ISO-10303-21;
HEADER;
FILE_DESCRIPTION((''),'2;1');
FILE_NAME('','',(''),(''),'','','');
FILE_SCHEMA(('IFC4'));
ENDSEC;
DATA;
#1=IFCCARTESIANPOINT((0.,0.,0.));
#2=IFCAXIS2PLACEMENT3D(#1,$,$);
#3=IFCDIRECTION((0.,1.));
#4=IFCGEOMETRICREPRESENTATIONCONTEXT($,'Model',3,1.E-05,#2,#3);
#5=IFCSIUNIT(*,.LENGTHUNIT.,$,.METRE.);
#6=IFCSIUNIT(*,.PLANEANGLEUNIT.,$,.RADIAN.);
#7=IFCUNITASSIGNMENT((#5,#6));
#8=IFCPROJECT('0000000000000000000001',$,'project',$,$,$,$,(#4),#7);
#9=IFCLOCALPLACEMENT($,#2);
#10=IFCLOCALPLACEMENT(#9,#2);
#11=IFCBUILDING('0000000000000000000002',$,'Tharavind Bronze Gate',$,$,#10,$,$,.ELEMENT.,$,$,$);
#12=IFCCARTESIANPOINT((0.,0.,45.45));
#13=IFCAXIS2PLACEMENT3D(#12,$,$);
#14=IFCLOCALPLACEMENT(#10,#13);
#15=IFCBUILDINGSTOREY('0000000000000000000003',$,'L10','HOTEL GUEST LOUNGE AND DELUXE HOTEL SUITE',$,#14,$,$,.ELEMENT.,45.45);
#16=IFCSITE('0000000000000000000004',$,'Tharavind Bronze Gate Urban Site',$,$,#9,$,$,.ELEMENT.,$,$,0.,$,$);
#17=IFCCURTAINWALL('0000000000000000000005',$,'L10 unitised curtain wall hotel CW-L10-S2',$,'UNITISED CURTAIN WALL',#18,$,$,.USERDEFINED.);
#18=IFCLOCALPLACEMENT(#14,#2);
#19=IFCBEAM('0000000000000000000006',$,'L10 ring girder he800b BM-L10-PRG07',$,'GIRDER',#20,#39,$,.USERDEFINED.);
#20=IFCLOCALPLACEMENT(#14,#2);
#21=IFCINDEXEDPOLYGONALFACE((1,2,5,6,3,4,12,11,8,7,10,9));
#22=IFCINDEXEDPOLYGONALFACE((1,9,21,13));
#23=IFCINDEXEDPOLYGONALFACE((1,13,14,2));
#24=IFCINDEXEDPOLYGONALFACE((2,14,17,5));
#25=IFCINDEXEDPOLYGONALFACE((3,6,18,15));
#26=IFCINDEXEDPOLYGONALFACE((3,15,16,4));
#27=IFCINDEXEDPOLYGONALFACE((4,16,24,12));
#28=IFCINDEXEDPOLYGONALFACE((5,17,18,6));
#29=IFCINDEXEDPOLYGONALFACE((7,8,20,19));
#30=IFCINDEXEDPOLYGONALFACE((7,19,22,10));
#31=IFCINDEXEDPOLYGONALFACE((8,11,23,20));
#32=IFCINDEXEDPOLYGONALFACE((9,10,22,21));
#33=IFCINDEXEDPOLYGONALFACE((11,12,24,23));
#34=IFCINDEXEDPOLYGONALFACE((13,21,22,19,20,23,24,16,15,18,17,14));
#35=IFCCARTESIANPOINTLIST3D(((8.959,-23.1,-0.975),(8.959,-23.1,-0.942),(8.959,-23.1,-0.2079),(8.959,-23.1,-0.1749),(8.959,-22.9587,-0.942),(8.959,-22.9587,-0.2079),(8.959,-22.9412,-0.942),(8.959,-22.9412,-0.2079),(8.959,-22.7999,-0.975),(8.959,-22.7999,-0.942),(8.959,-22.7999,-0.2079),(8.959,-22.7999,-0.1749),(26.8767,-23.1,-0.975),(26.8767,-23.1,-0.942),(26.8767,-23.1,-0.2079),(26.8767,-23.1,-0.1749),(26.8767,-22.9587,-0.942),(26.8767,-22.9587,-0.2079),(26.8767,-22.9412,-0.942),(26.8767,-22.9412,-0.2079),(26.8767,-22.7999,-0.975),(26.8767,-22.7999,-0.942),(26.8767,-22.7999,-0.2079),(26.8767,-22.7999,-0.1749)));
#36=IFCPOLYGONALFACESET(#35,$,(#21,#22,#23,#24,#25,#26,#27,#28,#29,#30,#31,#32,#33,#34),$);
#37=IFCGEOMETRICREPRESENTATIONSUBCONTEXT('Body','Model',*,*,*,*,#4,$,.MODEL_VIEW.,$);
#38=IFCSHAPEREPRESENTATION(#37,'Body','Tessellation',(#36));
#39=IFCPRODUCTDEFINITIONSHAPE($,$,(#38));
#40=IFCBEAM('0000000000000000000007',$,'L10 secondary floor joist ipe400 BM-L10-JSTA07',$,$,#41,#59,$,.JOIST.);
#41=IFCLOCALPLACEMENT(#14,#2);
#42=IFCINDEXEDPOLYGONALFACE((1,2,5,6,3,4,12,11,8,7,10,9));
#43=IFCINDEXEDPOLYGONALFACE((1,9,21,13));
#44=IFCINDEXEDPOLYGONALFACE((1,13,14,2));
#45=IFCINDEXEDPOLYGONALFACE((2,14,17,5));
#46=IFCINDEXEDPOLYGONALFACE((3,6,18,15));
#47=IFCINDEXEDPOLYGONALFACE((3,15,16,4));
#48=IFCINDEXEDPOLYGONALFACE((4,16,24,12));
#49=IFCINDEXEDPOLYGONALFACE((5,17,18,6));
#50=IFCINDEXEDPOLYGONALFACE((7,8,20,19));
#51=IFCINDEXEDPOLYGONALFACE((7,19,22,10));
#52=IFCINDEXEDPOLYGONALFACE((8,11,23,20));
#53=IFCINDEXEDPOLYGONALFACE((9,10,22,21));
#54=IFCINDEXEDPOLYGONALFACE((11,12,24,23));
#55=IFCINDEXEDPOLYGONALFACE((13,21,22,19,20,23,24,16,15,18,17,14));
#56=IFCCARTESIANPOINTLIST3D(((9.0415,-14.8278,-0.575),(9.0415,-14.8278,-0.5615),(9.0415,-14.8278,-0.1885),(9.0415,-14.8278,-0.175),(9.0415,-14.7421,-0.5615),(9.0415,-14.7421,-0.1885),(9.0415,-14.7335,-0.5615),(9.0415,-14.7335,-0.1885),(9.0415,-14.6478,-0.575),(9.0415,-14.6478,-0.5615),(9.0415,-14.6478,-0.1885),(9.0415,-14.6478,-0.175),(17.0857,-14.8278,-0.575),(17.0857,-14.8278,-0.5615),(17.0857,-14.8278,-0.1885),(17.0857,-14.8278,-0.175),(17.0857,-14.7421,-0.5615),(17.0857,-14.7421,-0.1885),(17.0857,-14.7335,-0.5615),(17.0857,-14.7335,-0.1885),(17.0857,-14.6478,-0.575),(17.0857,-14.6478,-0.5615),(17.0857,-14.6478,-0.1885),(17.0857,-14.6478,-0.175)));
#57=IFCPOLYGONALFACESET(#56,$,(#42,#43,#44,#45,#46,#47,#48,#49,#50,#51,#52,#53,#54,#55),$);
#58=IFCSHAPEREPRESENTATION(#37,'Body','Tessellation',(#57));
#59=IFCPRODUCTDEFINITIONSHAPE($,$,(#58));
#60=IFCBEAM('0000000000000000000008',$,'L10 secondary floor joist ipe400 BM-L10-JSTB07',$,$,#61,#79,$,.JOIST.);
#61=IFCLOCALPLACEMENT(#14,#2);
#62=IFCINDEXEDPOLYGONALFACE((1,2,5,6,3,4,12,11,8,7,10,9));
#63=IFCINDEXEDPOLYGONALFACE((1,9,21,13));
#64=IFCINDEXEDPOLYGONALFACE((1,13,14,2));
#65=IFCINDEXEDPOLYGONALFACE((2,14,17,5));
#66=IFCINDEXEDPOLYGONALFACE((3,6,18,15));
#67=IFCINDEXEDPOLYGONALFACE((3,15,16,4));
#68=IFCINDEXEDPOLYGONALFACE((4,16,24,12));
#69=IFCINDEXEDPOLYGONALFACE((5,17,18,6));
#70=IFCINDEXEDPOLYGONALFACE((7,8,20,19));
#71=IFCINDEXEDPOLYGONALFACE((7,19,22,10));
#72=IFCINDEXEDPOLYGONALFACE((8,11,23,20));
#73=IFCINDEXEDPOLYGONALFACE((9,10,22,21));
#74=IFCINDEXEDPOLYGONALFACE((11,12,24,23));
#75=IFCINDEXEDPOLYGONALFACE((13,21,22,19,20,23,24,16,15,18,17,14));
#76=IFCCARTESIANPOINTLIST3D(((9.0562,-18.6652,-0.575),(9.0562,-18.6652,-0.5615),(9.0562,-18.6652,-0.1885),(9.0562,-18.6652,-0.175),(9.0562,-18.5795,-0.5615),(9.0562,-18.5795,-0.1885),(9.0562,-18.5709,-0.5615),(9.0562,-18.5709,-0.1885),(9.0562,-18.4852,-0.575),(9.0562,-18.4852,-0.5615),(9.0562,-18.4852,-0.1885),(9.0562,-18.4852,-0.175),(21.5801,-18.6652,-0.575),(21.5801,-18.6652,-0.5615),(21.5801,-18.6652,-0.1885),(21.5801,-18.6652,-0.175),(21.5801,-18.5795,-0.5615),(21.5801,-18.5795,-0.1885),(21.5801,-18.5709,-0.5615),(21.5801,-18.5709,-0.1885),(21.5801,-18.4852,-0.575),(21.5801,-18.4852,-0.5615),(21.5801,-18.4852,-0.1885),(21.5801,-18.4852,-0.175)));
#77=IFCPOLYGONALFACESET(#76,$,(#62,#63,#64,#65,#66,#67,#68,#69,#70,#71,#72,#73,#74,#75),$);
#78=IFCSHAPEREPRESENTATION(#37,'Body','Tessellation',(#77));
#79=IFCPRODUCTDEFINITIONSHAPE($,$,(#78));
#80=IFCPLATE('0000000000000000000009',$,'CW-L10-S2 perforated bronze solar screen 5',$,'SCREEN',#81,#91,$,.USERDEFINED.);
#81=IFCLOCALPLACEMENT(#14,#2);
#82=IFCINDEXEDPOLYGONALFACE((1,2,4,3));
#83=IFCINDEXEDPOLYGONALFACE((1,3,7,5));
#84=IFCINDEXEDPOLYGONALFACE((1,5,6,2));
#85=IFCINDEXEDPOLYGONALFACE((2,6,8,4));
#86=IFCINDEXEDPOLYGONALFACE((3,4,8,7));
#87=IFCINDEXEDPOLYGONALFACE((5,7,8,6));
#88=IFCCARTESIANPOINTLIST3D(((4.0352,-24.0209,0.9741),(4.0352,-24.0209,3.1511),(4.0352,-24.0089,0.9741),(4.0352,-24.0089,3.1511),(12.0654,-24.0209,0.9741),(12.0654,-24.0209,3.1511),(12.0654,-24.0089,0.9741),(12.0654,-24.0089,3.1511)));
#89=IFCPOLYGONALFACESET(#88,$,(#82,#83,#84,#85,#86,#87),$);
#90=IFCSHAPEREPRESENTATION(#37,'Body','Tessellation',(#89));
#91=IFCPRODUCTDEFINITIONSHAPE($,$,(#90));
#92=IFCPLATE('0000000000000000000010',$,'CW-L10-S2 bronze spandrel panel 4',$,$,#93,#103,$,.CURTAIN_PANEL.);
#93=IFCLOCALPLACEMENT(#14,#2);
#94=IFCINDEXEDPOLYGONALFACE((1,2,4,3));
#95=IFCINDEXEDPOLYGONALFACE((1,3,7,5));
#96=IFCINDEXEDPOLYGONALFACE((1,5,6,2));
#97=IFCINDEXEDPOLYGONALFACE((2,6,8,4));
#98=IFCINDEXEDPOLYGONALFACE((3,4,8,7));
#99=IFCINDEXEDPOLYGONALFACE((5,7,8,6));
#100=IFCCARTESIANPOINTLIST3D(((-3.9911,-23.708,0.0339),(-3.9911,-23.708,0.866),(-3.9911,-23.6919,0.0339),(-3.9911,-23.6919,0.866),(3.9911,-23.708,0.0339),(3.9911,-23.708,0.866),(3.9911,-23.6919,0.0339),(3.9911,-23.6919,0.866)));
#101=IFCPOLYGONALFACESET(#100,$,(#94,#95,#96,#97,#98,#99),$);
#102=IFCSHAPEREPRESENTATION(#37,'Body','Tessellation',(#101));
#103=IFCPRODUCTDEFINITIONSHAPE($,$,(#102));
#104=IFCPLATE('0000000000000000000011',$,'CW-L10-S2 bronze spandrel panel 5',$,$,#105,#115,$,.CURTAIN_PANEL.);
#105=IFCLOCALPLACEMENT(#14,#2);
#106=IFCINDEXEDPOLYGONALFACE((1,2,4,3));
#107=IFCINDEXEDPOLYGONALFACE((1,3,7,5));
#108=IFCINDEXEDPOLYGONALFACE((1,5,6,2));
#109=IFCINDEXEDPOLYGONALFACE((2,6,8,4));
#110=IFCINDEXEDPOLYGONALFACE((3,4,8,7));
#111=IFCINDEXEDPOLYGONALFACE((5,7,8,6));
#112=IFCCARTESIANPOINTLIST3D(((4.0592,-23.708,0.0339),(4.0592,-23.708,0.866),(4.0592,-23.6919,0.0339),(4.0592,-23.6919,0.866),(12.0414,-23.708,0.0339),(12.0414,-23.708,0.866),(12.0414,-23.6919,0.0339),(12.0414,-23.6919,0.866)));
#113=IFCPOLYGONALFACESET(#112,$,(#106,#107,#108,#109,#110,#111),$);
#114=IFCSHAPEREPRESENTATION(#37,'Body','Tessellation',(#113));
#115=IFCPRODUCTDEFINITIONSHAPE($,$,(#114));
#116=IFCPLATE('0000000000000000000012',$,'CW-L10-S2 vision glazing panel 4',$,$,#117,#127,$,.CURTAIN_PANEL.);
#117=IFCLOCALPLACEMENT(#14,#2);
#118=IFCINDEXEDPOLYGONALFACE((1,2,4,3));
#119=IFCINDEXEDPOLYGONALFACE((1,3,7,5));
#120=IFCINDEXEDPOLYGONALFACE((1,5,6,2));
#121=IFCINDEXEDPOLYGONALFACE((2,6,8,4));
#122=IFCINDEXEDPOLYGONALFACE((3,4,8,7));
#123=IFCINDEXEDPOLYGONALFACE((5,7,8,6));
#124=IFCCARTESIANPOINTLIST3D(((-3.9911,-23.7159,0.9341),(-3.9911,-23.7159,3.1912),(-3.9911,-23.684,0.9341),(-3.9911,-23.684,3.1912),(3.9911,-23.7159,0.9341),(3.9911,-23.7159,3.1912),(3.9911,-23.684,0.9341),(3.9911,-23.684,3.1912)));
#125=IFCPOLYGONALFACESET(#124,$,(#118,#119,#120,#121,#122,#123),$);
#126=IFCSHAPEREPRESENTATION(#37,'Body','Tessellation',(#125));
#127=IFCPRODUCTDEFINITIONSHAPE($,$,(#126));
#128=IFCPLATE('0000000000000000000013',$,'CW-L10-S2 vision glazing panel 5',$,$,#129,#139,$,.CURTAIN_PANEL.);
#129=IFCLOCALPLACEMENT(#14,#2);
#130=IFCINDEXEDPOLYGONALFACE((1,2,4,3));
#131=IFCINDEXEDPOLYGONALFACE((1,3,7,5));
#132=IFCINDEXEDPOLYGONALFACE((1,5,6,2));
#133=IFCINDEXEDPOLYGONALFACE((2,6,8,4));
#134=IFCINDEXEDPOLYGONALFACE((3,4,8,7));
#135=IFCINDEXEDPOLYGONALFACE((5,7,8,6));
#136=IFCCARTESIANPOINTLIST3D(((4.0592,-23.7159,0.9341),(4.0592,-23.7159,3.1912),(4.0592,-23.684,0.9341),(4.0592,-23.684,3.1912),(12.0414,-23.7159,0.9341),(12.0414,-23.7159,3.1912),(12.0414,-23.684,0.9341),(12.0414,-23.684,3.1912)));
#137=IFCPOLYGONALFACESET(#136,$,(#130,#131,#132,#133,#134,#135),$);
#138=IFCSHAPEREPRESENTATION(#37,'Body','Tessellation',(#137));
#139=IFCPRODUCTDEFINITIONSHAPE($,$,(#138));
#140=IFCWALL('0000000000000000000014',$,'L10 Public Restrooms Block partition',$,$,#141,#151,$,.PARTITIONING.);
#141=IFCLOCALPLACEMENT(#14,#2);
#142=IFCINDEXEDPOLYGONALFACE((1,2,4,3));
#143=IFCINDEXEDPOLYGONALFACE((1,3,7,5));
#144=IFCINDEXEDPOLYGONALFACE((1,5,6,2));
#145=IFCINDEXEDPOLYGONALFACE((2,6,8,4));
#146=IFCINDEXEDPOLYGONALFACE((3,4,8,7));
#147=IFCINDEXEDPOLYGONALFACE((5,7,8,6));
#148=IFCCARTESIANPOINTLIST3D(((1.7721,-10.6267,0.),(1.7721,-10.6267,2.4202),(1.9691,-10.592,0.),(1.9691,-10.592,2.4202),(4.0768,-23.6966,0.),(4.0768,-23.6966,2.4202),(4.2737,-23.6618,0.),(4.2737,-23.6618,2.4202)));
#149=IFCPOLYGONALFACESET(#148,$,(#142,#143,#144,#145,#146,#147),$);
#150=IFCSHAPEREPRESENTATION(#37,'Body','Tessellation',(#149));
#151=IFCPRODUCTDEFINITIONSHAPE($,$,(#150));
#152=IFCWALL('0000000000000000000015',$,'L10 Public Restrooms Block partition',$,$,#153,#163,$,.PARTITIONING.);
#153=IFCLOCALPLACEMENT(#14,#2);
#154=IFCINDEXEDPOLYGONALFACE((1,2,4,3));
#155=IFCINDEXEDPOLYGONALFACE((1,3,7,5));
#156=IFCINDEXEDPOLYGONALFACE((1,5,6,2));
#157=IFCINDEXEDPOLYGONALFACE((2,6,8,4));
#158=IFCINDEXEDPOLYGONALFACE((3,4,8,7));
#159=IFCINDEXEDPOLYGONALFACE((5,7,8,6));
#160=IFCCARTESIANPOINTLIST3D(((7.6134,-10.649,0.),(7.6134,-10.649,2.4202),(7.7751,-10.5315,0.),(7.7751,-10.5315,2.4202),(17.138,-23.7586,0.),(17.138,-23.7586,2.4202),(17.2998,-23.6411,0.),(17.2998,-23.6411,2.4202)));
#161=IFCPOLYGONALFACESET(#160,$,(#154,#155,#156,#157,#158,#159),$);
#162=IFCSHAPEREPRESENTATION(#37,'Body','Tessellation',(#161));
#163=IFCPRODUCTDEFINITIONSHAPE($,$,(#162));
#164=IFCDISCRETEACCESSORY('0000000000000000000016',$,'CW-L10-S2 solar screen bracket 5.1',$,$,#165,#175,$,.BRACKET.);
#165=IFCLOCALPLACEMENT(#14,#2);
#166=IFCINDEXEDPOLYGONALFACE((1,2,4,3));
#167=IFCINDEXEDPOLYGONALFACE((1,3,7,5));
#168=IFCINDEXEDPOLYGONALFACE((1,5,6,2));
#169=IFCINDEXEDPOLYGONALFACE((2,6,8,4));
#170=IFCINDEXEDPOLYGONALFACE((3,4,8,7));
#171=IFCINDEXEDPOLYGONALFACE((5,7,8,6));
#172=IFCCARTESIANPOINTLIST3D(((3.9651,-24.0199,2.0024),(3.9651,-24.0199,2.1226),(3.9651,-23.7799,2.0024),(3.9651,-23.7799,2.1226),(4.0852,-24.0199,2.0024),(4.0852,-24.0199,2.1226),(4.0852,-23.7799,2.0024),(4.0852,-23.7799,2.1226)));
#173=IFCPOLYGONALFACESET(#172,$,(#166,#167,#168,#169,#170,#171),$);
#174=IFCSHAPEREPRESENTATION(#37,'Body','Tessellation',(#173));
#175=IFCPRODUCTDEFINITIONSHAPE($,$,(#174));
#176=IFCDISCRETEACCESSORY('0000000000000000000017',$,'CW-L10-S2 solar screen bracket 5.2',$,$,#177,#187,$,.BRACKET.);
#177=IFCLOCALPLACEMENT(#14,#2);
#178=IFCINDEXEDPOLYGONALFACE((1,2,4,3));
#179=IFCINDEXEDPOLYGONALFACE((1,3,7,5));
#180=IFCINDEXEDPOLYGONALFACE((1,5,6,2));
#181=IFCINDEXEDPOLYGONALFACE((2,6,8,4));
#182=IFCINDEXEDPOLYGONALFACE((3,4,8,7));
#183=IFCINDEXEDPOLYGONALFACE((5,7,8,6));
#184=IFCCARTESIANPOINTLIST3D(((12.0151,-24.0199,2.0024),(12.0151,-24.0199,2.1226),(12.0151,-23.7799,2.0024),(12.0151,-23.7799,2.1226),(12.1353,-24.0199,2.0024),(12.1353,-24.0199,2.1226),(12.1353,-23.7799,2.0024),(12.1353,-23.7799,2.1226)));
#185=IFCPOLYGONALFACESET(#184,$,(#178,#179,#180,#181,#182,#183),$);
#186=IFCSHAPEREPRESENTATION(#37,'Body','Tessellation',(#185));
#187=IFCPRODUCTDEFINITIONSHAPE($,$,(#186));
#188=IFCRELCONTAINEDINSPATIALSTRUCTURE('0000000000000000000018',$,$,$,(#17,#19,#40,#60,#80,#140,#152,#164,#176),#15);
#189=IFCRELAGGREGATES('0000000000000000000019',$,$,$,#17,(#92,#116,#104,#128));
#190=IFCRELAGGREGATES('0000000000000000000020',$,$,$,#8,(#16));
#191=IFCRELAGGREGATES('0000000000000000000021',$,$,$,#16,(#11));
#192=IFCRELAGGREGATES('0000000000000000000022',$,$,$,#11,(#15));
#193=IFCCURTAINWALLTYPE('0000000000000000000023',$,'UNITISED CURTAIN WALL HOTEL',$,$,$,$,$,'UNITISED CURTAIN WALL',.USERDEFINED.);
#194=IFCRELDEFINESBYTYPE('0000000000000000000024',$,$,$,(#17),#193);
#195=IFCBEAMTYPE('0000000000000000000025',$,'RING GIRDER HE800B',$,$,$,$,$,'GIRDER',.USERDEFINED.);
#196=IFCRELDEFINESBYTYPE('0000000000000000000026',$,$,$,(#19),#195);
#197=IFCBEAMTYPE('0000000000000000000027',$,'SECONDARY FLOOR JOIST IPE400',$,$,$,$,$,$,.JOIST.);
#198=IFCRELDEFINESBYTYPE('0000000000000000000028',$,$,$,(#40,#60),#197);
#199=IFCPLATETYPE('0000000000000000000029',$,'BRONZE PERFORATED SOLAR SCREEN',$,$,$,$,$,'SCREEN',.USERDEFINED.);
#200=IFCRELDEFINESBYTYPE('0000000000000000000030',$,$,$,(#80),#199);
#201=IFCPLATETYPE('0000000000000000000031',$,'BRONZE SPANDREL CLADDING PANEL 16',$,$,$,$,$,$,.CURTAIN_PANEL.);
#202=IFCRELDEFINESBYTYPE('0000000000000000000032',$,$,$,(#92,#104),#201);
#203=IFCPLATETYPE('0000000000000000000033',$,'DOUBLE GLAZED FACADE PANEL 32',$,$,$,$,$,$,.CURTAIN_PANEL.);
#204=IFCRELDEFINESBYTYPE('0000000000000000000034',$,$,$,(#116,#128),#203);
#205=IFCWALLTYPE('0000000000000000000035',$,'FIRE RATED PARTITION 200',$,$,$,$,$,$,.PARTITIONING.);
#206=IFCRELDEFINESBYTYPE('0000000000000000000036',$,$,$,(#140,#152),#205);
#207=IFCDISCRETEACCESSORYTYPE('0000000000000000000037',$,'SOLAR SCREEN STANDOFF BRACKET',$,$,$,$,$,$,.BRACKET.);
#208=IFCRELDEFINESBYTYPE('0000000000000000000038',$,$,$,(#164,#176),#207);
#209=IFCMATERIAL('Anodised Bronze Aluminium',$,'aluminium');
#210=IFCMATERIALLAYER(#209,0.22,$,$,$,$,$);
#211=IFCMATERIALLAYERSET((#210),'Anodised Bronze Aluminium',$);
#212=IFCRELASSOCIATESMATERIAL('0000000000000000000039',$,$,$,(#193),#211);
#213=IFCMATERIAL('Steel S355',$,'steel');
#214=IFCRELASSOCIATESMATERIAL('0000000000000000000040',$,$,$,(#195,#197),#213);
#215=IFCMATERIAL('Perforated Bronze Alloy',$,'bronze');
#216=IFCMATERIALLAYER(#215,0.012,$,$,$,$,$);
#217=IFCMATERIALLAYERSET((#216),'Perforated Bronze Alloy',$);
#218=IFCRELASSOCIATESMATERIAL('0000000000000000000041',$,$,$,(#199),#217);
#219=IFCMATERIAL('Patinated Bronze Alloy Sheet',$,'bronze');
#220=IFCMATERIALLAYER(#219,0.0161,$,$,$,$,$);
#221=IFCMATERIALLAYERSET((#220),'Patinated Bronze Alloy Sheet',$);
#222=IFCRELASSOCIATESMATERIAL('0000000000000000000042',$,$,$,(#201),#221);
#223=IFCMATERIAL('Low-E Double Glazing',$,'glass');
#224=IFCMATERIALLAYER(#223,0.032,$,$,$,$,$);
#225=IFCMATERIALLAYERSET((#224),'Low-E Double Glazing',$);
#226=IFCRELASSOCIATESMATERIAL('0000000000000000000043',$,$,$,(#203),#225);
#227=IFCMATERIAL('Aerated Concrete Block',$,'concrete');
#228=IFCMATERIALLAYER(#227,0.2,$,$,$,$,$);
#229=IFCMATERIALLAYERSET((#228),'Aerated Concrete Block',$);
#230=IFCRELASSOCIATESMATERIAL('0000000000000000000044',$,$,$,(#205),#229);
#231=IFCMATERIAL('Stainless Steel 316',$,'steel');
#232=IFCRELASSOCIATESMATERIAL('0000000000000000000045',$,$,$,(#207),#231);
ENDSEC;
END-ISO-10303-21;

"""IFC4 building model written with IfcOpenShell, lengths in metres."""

from ifc_helpers import new_model, si_unit, direction, frame, frame_2d, origin, origin_2d, place, context, subcontext, project, spatial, rectangle, i_section, extrude, material, layer, layer_set, material_profile, profile_set, type_object, element, aggregate, save


model = new_model("IFC4")

# Units and contexts
model_context = context("Model", 3, precision=1e-05, world=origin(), true_north=direction((0.0, 1.0)))
body_context = subcontext(model_context, "Body", "Model", "MODEL_VIEW")
ifc_project = project(units=[si_unit("LENGTHUNIT", "METRE"), si_unit("PLANEANGLEUNIT", "RADIAN")], contexts=[model_context])

# Site, building, storey
site_placement = place(None, origin())
site = spatial("IfcSite", under=ifc_project, at=site_placement, Name="Tharavind Bronze Gate Urban Site", CompositionType="ELEMENT", RefElevation=0.0)
building_placement = place(site_placement, origin())
building = spatial("IfcBuilding", under=site, at=building_placement, Name="Tharavind Bronze Gate", CompositionType="ELEMENT")
storey_placement = place(building_placement, frame((0.0, 0.0, 45.45)))
storey = spatial("IfcBuildingStorey", under=building, at=storey_placement, Name="L10", Description="HOTEL GUEST LOUNGE AND DELUXE HOTEL SUITE", CompositionType="ELEMENT", Elevation=45.45)

# Curtain wall
ifc_material_1 = material(Name="Anodised Bronze Aluminium", Category="aluminium")
ifc_layer_1 = layer(ifc_material_1, 0.22)
ifc_layer_set_1 = layer_set([ifc_layer_1], Name="Anodised Bronze Aluminium")
curtain_wall_type = type_object("IfcCurtainWallType", Name="UNITISED CURTAIN WALL HOTEL", ElementType="UNITISED CURTAIN WALL", PredefinedType="USERDEFINED", material=ifc_layer_set_1)
curtain_wall_placement = place(storey_placement, origin())
curtain_wall = element("IfcCurtainWall", 1, at=curtain_wall_placement, inside=storey, type_object=curtain_wall_type, Name="L10 unitised curtain wall hotel CW-L10-S2", ObjectType="UNITISED CURTAIN WALL", PredefinedType="USERDEFINED")

# Beams
ifc_material_2 = material(Name="Steel S355", Category="steel")
ifc_material_profile_1 = material_profile(ifc_material_2, i_section(OverallWidth=0.3, OverallDepth=0.8, WebThickness=0.0176, FlangeThickness=0.033, at=origin_2d()), Name="HE800B")
ifc_profile_set_1 = profile_set([ifc_material_profile_1], Name="Steel S355")
beam_type_1 = type_object("IfcBeamType", Name="RING GIRDER HE800B", ElementType="GIRDER", PredefinedType="USERDEFINED", material=ifc_profile_set_1)
beam_1_placement = place(storey_placement, frame((8.959, -22.95, -0.575), z_axis=(1.0, 0.0, 0.0), x_axis=(0.0, 1.0, 0.0)))
element("IfcBeam", 2, at=beam_1_placement, inside=storey, type_object=beam_type_1, Name="L10 ring girder he800b BM-L10-PRG07", ObjectType="GIRDER", PredefinedType="USERDEFINED", context=body_context, shape_type="SweptSolid", body=[
    extrude(i_section(OverallWidth=0.3, OverallDepth=0.8, WebThickness=0.0176, FlangeThickness=0.033, at=origin_2d()), origin(), (0.0, 0.0, 1.0), 17.9177),
])
ifc_material_profile_2 = material_profile(ifc_material_2, i_section(OverallWidth=0.1799, OverallDepth=0.3999, WebThickness=0.0085, FlangeThickness=0.0134, at=origin_2d()), Name="IPE400")
ifc_profile_set_2 = profile_set([ifc_material_profile_2], Name="Steel S355")
beam_type_2 = type_object("IfcBeamType", Name="SECONDARY FLOOR JOIST IPE400", PredefinedType="JOIST", material=ifc_profile_set_2)
beam_2_placement = place(storey_placement, frame((9.0415, -14.7378, -0.375), z_axis=(1.0, 0.0, 0.0), x_axis=(0.0, 1.0, 0.0)))
element("IfcBeam", 3, at=beam_2_placement, inside=storey, type_object=beam_type_2, Name="L10 secondary floor joist ipe400 BM-L10-JSTA07", PredefinedType="JOIST", context=body_context, shape_type="SweptSolid", body=[
    extrude(i_section(OverallWidth=0.1799, OverallDepth=0.3999, WebThickness=0.0085, FlangeThickness=0.0134, at=origin_2d()), origin(), (0.0, 0.0, 1.0), 8.0442),
])
beam_3_placement = place(storey_placement, frame((9.0562, -18.5752, -0.375), z_axis=(1.0, 0.0, 0.0), x_axis=(0.0, 1.0, 0.0)))
element("IfcBeam", 4, at=beam_3_placement, inside=storey, type_object=beam_type_2, Name="L10 secondary floor joist ipe400 BM-L10-JSTB07", PredefinedType="JOIST", context=body_context, shape_type="SweptSolid", body=[
    extrude(i_section(OverallWidth=0.1799, OverallDepth=0.3999, WebThickness=0.0085, FlangeThickness=0.0134, at=origin_2d()), origin(), (0.0, 0.0, 1.0), 12.5239),
])

# Plates
ifc_material_3 = material(Name="Perforated Bronze Alloy", Category="bronze")
ifc_layer_2 = layer(ifc_material_3, 0.012)
ifc_layer_set_2 = layer_set([ifc_layer_2], Name="Perforated Bronze Alloy")
plate_type_1 = type_object("IfcPlateType", Name="BRONZE PERFORATED SOLAR SCREEN", ElementType="SCREEN", PredefinedType="USERDEFINED", material=ifc_layer_set_2)
plate_1_placement = place(storey_placement, frame((8.0503, -24.0149, 0.9741), z_axis=(0.0, 0.0, 1.0), x_axis=(1.0, 0.0, 0.0)))
element("IfcPlate", 5, at=plate_1_placement, inside=storey, type_object=plate_type_1, Name="CW-L10-S2 perforated bronze solar screen 5", ObjectType="SCREEN", PredefinedType="USERDEFINED", context=body_context, shape_type="SweptSolid", body=[
    extrude(rectangle(XDim=8.0303, YDim=0.012, at=origin_2d()), origin(), (0.0, 0.0, 1.0), 2.177),
])
ifc_material_4 = material(Name="Patinated Bronze Alloy Sheet", Category="bronze")
ifc_layer_3 = layer(ifc_material_4, 0.0161)
ifc_layer_set_3 = layer_set([ifc_layer_3], Name="Patinated Bronze Alloy Sheet")
plate_type_2 = type_object("IfcPlateType", Name="BRONZE SPANDREL CLADDING PANEL 16", PredefinedType="CURTAIN_PANEL", material=ifc_layer_set_3)
plate_2_placement = place(storey_placement, frame((0.0, -23.7, 0.0339), z_axis=(0.0, 0.0, 1.0), x_axis=(1.0, 0.0, 0.0)))
plate_2 = element("IfcPlate", 6, at=plate_2_placement, type_object=plate_type_2, Name="CW-L10-S2 bronze spandrel panel 4", PredefinedType="CURTAIN_PANEL", context=body_context, shape_type="SweptSolid", body=[
    extrude(rectangle(XDim=7.9822, YDim=0.0161, at=origin_2d()), origin(), (0.0, 0.0, 1.0), 0.832),
])
plate_3_placement = place(storey_placement, frame((8.0503, -23.7, 0.0339), z_axis=(0.0, 0.0, 1.0), x_axis=(1.0, 0.0, 0.0)))
plate_3 = element("IfcPlate", 7, at=plate_3_placement, type_object=plate_type_2, Name="CW-L10-S2 bronze spandrel panel 5", PredefinedType="CURTAIN_PANEL", context=body_context, shape_type="SweptSolid", body=[
    extrude(rectangle(XDim=7.9822, YDim=0.0161, at=origin_2d()), origin(), (0.0, 0.0, 1.0), 0.832),
])
ifc_material_5 = material(Name="Low-E Double Glazing", Category="glass")
ifc_layer_4 = layer(ifc_material_5, 0.032)
ifc_layer_set_4 = layer_set([ifc_layer_4], Name="Low-E Double Glazing")
plate_type_3 = type_object("IfcPlateType", Name="DOUBLE GLAZED FACADE PANEL 32", PredefinedType="CURTAIN_PANEL", material=ifc_layer_set_4)
plate_4_placement = place(storey_placement, frame((0.0, -23.7, 0.9341), z_axis=(0.0, 0.0, 1.0), x_axis=(1.0, 0.0, 0.0)))
plate_4 = element("IfcPlate", 8, at=plate_4_placement, type_object=plate_type_3, Name="CW-L10-S2 vision glazing panel 4", PredefinedType="CURTAIN_PANEL", context=body_context, shape_type="SweptSolid", body=[
    extrude(rectangle(XDim=7.9822, YDim=0.032, at=origin_2d()), origin(), (0.0, 0.0, 1.0), 2.2571),
])
plate_5_placement = place(storey_placement, frame((8.0503, -23.7, 0.9341), z_axis=(0.0, 0.0, 1.0), x_axis=(1.0, 0.0, 0.0)))
plate_5 = element("IfcPlate", 9, at=plate_5_placement, type_object=plate_type_3, Name="CW-L10-S2 vision glazing panel 5", PredefinedType="CURTAIN_PANEL", context=body_context, shape_type="SweptSolid", body=[
    extrude(rectangle(XDim=7.9822, YDim=0.032, at=origin_2d()), origin(), (0.0, 0.0, 1.0), 2.2571),
])
aggregate(curtain_wall, [plate_2, plate_4, plate_3, plate_5])

# Walls
ifc_material_6 = material(Name="Aerated Concrete Block", Category="concrete")
ifc_layer_5 = layer(ifc_material_6, 0.2)
ifc_layer_set_5 = layer_set([ifc_layer_5], Name="Aerated Concrete Block")
wall_type = type_object("IfcWallType", Name="FIRE RATED PARTITION 200", PredefinedType="PARTITIONING", material=ifc_layer_set_5)
wall_1_placement = place(storey_placement, frame((4.1753, -23.6792, 0.0), z_axis=(0.0, 0.0, 1.0), x_axis=(-0.173657, 0.984806, 0.0)))
element("IfcWall", 10, at=wall_1_placement, inside=storey, type_object=wall_type, Name="L10 Public Restrooms Block partition", PredefinedType="PARTITIONING", context=body_context, shape_type="SweptSolid", body=[
    extrude(rectangle(XDim=13.2715, YDim=0.2, at=frame_2d((6.6357, 0.0))), origin(), (0.0, 0.0, 1.0), 2.4202),
])
wall_2_placement = place(storey_placement, frame((7.6943, -10.5903, 0.0), z_axis=(0.0, 0.0, 1.0), x_axis=(0.587784, -0.809018, 0.0)))
element("IfcWall", 11, at=wall_2_placement, inside=storey, type_object=wall_type, Name="L10 Public Restrooms Block partition", PredefinedType="PARTITIONING", context=body_context, shape_type="SweptSolid", body=[
    extrude(rectangle(XDim=16.2043, YDim=0.2, at=frame_2d((8.1021, 0.0))), origin(), (0.0, 0.0, 1.0), 2.4202),
])

# Discrete accessories
ifc_material_7 = material(Name="Stainless Steel 316", Category="steel")
discrete_accessory_type = type_object("IfcDiscreteAccessoryType", Name="SOLAR SCREEN STANDOFF BRACKET", PredefinedType="BRACKET", material=ifc_material_7)
for number, where, z_axis, x_axis, name in (
    (12, (4.0251, -23.8999, 2.0024), (0.0, 0.0, 1.0), (1.0, 0.0, 0.0), "CW-L10-S2 solar screen bracket 5.1"),
    (13, (12.0752, -23.8999, 2.0024), (0.0, 0.0, 1.0), (1.0, 0.0, 0.0), "CW-L10-S2 solar screen bracket 5.2"),
):
    element("IfcDiscreteAccessory", number, at=place(storey_placement, frame(where, z_axis=z_axis, x_axis=x_axis)), inside=storey, type_object=discrete_accessory_type, Name=name, PredefinedType="BRACKET", context=body_context, shape_type="SweptSolid", body=[
        extrude(rectangle(XDim=0.1201, YDim=0.24, at=origin_2d()), origin(), (0.0, 0.0, 1.0), 0.1201),
    ])

save(model, "model.ifc")
